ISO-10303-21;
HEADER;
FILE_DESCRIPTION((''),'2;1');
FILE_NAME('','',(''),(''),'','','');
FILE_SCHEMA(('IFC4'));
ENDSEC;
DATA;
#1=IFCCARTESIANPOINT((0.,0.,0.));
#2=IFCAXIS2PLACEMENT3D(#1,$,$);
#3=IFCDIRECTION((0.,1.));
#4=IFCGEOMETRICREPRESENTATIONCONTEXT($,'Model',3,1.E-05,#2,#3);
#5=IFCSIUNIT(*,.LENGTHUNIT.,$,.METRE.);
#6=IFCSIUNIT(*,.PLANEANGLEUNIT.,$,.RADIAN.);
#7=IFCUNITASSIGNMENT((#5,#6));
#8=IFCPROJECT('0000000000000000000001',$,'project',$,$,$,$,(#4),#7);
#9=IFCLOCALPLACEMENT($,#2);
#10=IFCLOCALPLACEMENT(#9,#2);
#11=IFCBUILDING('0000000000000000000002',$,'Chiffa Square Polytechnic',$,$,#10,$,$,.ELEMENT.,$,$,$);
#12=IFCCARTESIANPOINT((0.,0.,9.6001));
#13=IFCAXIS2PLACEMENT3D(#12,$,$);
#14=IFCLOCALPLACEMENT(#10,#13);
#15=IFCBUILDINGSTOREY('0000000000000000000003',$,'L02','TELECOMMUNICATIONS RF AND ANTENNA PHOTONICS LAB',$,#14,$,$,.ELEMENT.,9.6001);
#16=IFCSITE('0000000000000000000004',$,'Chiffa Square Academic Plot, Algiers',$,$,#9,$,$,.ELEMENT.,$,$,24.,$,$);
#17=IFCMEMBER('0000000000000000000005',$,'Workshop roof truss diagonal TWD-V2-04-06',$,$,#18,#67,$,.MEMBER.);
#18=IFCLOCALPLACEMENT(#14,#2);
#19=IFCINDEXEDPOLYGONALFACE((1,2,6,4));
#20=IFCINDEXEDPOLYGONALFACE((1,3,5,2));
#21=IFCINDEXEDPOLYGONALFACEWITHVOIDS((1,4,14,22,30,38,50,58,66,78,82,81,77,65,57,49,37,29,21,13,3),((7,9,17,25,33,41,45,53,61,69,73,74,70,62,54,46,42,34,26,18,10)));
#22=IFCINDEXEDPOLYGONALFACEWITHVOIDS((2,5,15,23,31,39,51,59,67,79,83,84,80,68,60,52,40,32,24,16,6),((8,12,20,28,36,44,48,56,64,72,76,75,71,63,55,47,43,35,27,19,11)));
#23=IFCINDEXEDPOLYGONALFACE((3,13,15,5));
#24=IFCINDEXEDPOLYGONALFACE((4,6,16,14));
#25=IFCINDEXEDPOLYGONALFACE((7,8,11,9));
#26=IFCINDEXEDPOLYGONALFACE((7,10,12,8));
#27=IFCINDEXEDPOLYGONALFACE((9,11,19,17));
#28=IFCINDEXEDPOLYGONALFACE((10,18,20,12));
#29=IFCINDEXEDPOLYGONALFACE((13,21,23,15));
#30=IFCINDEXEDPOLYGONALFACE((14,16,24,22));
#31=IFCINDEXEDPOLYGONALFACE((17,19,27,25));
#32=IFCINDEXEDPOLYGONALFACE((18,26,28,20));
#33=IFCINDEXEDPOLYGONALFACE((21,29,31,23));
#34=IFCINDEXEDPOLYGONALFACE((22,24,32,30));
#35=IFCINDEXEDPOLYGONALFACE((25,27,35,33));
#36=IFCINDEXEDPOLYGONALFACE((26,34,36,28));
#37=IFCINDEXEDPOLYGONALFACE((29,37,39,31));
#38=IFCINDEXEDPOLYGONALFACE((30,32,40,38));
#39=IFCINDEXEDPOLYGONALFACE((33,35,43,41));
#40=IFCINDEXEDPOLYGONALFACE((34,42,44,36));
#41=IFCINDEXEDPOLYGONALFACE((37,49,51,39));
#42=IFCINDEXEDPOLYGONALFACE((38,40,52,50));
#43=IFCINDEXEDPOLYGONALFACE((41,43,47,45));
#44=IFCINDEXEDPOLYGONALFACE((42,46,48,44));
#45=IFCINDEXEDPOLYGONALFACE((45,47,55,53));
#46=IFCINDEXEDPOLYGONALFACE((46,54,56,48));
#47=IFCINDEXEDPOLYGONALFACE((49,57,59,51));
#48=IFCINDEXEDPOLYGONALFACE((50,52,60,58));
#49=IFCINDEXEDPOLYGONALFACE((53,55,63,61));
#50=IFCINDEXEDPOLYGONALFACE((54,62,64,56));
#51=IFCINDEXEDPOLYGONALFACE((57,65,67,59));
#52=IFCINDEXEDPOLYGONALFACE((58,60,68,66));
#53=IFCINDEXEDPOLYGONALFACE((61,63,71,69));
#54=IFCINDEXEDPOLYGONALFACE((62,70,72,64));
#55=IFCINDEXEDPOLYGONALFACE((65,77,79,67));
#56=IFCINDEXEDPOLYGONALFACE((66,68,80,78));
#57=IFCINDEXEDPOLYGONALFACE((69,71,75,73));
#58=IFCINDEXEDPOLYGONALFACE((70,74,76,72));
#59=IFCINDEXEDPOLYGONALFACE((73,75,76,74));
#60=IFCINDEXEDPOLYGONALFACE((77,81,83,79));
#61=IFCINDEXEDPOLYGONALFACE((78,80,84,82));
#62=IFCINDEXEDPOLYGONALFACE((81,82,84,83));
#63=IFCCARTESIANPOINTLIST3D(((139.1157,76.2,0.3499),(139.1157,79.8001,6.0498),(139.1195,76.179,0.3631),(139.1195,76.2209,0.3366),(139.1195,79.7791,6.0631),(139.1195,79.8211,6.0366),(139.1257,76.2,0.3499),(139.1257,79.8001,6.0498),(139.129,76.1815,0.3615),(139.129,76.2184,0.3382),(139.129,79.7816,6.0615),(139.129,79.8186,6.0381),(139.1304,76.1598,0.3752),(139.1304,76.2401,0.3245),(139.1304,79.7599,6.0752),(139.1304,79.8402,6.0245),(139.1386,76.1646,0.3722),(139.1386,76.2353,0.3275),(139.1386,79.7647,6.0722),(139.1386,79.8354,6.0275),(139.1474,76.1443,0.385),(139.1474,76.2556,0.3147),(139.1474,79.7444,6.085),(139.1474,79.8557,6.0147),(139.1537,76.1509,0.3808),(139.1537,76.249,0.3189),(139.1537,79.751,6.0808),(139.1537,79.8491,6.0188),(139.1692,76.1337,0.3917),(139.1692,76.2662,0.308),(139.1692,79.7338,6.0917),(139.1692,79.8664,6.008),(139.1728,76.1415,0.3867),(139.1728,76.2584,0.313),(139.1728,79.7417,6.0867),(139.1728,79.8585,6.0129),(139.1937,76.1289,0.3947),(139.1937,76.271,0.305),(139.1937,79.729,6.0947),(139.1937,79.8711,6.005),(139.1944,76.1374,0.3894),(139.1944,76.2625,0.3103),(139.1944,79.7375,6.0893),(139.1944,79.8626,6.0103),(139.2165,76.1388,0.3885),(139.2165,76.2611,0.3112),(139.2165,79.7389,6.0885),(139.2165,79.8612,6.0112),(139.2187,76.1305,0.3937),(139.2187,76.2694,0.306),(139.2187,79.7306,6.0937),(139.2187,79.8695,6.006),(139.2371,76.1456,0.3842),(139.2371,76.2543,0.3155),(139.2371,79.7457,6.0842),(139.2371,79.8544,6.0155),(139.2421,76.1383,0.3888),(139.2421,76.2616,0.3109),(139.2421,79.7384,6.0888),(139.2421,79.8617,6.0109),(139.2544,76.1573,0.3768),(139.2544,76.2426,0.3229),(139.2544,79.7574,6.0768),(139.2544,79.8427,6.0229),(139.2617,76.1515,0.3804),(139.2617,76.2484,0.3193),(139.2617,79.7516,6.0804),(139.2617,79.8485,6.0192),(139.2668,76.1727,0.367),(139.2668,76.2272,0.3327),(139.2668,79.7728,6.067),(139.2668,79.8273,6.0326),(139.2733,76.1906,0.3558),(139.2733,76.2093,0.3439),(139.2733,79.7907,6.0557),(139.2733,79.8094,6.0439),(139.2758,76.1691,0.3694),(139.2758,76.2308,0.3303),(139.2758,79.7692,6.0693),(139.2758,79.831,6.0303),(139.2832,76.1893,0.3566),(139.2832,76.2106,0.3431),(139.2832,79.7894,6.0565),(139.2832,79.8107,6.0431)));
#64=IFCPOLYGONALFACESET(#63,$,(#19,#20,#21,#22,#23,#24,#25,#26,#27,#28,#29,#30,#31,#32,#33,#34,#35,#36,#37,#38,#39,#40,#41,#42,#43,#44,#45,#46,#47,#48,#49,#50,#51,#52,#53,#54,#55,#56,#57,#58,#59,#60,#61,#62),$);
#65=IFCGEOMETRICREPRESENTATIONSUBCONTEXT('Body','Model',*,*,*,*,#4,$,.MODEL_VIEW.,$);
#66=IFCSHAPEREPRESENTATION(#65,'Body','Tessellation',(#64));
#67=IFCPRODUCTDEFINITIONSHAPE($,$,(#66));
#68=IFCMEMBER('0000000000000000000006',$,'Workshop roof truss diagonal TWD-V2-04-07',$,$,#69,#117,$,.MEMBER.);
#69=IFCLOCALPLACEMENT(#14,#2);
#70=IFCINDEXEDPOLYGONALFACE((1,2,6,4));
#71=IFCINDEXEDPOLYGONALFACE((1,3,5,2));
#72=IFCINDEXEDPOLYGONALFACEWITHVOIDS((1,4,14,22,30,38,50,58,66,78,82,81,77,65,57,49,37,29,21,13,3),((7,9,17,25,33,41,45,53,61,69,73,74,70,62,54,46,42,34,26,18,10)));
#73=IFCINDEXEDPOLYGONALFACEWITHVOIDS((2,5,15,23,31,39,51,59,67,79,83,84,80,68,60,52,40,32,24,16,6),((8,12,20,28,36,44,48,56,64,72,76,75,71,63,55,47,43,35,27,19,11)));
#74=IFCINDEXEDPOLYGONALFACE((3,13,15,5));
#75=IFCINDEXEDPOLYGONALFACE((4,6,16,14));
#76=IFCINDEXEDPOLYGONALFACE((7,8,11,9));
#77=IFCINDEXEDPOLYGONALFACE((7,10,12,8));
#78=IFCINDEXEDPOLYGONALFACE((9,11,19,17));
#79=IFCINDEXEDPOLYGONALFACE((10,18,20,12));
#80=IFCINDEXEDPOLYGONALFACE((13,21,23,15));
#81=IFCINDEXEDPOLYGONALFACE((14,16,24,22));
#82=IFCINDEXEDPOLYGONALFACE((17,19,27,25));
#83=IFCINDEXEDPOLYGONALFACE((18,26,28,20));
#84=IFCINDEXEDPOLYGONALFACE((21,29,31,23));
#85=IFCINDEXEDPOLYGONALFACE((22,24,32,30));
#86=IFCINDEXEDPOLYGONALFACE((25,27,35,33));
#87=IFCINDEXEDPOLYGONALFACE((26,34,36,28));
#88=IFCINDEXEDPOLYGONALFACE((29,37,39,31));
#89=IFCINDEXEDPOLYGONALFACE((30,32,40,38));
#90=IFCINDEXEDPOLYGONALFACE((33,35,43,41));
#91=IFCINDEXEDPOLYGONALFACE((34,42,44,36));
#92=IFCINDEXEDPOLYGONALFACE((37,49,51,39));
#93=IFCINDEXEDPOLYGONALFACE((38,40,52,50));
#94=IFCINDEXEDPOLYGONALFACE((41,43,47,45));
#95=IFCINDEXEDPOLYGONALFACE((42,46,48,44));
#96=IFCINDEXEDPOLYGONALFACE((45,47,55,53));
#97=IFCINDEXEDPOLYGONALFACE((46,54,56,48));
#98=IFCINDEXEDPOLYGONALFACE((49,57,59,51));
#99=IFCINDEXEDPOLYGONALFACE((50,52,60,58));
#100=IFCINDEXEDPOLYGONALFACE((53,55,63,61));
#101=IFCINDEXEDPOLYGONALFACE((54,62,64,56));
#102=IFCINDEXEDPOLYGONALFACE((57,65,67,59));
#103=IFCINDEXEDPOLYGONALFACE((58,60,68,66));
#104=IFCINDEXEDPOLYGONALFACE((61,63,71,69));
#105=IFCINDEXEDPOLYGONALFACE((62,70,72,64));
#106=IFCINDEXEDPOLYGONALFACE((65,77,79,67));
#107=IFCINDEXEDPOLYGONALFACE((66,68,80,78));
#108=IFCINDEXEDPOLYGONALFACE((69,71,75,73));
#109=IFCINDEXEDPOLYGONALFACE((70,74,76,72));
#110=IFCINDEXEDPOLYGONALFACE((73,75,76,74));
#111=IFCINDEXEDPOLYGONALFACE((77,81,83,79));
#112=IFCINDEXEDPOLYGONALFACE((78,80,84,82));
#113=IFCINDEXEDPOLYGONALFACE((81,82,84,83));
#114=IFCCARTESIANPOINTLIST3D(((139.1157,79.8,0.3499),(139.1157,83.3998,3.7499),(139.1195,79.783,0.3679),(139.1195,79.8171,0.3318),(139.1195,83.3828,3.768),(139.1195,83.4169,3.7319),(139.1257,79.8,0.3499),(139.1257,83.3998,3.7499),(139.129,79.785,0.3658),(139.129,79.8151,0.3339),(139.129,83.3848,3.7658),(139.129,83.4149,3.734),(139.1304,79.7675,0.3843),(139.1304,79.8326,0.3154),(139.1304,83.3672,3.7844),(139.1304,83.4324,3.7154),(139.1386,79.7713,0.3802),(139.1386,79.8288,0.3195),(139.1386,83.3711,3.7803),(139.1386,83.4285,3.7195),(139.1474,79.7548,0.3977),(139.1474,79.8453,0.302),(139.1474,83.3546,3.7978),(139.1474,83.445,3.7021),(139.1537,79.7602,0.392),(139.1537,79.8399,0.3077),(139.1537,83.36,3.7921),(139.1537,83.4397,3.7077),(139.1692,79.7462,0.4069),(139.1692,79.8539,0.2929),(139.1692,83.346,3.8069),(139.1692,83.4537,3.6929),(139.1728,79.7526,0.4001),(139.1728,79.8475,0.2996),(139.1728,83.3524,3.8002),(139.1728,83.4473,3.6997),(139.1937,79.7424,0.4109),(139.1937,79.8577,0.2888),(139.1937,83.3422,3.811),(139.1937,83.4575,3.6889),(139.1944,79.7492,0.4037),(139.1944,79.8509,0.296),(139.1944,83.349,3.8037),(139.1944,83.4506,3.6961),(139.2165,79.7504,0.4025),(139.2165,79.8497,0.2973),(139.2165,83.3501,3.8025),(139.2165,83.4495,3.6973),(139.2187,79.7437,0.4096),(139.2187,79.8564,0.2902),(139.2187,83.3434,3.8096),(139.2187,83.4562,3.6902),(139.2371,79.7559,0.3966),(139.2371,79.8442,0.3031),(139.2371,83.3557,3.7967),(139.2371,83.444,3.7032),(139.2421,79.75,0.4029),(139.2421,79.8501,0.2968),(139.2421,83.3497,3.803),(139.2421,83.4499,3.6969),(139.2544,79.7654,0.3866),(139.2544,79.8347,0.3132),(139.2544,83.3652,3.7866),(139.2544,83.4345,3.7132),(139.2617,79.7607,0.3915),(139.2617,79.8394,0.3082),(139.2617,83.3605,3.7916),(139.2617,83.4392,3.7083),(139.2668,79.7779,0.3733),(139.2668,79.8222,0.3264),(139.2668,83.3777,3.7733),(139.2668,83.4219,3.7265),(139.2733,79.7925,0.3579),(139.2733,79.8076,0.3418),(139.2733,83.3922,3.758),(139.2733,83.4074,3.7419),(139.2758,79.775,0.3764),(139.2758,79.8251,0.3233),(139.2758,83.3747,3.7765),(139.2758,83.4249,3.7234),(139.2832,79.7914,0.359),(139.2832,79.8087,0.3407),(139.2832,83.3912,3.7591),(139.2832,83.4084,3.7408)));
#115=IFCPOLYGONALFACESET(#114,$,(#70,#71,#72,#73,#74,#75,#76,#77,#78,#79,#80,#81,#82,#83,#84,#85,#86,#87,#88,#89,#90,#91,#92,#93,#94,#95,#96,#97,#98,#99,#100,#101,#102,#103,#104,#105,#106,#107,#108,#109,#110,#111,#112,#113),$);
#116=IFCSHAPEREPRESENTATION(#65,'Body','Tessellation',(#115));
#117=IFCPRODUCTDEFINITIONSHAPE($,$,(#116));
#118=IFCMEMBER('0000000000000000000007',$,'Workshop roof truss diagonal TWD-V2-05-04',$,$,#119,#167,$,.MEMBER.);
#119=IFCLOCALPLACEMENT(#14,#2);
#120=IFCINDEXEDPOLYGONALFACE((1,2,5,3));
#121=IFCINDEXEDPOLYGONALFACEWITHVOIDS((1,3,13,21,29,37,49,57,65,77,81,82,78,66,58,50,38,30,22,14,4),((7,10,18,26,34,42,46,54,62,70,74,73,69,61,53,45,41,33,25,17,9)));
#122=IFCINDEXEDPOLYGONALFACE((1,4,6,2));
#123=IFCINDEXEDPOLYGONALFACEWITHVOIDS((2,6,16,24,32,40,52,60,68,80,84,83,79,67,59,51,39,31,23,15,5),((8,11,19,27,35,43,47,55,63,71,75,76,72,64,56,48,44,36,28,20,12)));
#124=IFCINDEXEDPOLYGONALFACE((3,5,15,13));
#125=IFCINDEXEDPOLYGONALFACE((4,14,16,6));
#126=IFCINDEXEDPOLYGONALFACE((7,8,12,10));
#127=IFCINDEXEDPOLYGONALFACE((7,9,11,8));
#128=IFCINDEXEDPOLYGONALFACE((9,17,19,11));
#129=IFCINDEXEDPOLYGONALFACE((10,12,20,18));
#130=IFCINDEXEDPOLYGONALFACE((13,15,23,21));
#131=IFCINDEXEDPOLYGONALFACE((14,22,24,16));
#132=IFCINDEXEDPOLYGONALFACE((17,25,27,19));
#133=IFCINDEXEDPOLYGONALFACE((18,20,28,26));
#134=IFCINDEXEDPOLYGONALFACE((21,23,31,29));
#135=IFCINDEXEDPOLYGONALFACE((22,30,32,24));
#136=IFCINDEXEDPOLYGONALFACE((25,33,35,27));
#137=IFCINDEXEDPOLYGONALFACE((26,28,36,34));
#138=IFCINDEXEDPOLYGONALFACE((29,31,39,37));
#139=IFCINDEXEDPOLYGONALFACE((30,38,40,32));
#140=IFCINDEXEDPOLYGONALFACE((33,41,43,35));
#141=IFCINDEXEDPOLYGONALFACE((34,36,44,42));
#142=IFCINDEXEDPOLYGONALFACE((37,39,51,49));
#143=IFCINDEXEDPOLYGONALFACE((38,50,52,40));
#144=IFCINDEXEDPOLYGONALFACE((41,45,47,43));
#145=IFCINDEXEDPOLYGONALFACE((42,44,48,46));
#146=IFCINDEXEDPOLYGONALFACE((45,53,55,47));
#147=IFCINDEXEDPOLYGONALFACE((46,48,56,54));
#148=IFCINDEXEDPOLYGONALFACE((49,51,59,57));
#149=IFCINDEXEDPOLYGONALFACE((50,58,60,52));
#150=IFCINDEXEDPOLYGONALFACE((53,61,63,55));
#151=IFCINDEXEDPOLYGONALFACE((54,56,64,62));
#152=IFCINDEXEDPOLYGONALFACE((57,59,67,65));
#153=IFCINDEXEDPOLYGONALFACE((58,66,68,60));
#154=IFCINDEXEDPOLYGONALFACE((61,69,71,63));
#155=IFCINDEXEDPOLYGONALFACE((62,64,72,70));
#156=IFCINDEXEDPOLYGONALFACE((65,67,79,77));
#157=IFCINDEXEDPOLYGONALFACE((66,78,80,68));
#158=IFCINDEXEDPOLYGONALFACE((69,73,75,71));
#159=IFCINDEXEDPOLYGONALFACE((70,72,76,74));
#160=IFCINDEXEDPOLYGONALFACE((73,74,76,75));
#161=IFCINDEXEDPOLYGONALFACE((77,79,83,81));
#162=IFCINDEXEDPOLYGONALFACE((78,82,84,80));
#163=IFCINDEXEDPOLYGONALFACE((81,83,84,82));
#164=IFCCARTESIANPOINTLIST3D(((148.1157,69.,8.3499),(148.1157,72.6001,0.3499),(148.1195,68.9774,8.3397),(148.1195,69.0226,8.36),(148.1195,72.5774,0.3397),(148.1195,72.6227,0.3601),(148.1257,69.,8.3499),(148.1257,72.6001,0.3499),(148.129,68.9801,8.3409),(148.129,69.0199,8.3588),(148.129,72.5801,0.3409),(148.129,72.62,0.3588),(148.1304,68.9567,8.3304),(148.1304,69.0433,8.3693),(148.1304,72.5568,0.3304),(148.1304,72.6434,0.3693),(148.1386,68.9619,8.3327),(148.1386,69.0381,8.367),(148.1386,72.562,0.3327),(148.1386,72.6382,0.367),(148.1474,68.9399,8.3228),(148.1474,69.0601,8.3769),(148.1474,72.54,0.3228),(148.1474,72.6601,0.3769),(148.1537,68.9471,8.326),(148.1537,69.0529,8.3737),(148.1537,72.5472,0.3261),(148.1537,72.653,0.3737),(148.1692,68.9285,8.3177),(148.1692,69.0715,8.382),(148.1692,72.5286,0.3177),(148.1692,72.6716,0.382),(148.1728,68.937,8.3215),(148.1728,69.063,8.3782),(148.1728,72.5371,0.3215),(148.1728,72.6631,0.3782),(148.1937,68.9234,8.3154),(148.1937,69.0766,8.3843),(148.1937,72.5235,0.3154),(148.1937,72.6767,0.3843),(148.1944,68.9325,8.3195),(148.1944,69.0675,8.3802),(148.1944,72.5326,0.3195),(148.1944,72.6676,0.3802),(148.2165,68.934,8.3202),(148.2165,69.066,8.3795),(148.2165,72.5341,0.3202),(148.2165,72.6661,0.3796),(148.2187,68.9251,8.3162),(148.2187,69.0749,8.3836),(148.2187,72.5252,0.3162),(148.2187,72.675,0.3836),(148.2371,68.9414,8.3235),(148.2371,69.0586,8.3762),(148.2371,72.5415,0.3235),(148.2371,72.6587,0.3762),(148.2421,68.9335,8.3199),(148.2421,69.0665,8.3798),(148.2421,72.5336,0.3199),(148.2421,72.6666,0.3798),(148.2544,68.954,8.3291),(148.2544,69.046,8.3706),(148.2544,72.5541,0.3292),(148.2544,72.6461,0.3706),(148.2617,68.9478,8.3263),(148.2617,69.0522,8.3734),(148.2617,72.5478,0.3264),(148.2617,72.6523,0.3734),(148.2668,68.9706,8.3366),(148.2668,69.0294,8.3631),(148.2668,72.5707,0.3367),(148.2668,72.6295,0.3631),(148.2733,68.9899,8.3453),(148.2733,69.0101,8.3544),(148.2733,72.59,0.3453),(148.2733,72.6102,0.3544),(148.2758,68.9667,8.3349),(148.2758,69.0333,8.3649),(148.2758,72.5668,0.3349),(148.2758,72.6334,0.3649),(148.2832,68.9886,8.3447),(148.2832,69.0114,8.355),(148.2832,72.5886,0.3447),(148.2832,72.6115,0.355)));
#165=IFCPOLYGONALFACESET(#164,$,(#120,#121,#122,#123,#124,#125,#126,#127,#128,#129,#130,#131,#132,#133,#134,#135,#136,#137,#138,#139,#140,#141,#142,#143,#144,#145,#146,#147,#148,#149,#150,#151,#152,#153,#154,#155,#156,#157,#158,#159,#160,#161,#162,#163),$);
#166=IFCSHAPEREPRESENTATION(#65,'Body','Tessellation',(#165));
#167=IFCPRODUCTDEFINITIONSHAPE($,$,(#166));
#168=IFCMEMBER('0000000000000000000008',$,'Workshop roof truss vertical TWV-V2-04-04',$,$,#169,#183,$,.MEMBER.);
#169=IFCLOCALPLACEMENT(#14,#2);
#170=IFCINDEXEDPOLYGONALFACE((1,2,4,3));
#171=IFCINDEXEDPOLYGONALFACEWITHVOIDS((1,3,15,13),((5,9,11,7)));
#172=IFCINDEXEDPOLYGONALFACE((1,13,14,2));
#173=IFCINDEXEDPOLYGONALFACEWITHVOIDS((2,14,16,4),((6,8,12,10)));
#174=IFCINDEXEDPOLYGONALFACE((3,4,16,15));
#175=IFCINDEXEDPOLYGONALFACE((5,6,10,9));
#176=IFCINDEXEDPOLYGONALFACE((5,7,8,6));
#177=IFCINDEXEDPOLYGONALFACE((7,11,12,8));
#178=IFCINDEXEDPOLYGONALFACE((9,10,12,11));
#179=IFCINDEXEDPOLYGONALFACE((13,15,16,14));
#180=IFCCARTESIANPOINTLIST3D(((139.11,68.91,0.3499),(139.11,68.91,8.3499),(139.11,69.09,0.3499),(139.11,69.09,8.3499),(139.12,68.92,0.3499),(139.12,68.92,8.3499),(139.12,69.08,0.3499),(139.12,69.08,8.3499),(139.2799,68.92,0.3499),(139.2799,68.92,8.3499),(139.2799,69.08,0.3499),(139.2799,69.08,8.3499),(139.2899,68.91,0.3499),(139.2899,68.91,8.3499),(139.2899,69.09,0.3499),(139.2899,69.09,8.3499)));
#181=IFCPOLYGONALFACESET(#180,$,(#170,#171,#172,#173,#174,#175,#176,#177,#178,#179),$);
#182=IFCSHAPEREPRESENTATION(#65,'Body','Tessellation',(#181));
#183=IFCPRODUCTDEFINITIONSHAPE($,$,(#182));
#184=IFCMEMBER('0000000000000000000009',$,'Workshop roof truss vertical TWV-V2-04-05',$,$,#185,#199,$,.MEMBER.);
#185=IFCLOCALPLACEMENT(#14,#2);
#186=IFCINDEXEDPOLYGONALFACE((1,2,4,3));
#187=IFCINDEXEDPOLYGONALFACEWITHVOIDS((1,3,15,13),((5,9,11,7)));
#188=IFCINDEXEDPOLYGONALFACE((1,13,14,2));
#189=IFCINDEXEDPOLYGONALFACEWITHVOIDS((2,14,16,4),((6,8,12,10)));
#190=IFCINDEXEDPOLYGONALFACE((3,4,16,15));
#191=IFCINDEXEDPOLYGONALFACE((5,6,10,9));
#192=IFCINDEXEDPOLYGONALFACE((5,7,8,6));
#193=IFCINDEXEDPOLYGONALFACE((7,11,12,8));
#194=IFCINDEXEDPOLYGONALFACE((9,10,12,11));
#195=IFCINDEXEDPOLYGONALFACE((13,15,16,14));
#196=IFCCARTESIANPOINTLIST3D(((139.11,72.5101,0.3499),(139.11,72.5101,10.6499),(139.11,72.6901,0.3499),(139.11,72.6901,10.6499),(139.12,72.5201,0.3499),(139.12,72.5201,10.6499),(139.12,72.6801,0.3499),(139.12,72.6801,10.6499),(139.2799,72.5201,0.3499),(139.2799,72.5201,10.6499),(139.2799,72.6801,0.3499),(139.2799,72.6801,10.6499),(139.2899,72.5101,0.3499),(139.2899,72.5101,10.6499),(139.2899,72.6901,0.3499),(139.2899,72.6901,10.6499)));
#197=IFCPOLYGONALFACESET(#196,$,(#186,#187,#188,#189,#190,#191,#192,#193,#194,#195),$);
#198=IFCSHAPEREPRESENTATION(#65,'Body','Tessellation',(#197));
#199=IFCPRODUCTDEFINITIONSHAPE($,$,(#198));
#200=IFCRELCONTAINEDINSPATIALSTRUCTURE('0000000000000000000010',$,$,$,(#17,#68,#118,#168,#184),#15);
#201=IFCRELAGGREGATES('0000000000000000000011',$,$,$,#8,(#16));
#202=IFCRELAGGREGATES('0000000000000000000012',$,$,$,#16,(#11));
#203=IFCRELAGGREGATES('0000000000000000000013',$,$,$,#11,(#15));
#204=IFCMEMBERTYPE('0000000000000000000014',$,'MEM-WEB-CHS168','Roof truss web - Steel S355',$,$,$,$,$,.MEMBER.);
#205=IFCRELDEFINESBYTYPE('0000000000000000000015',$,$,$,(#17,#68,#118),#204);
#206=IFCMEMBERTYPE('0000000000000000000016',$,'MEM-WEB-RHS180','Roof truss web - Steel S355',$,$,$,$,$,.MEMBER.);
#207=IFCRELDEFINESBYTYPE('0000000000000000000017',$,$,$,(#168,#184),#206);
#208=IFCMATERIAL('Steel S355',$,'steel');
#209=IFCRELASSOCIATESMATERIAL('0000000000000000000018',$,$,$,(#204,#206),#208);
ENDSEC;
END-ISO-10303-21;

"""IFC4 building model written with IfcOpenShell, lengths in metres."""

from ifc_helpers import new_model, si_unit, direction, frame, origin, origin_2d, place, context, subcontext, project, spatial, hollow_rectangle, hollow_circle, extrude, material, material_profile, profile_set, type_object, element, save


model = new_model("IFC4")

# Units and contexts
model_context = context("Model", 3, precision=1e-05, world=origin(), true_north=direction((0.0, 1.0)))
body_context = subcontext(model_context, "Body", "Model", "MODEL_VIEW")
ifc_project = project(units=[si_unit("LENGTHUNIT", "METRE"), si_unit("PLANEANGLEUNIT", "RADIAN")], contexts=[model_context])

# Site, building, storey
site_placement = place(None, origin())
site = spatial("IfcSite", under=ifc_project, at=site_placement, Name="Chiffa Square Academic Plot, Algiers", CompositionType="ELEMENT", RefElevation=24.0)
building_placement = place(site_placement, origin())
building = spatial("IfcBuilding", under=site, at=building_placement, Name="Chiffa Square Polytechnic", CompositionType="ELEMENT")
storey_placement = place(building_placement, frame((0.0, 0.0, 9.6001)))
storey = spatial("IfcBuildingStorey", under=building, at=storey_placement, Name="L02", Description="TELECOMMUNICATIONS RF AND ANTENNA PHOTONICS LAB", CompositionType="ELEMENT", Elevation=9.6001)

# Members
ifc_material_1 = material(Name="Steel S355", Category="steel")
ifc_material_profile_1 = material_profile(ifc_material_1, hollow_circle(Radius=0.0842, WallThickness=0.01, at=origin_2d()), Name="CHS 168.3x10")
ifc_profile_set_1 = profile_set([ifc_material_profile_1], Name="Steel S355")
member_type_1 = type_object("IfcMemberType", Name="MEM-WEB-CHS168", Description="Roof truss web - Steel S355", PredefinedType="MEMBER", material=ifc_profile_set_1)
member_1_placement = place(storey_placement, frame((139.2, 76.2, 0.3499), z_axis=(0.0, 0.534007, 0.84548), x_axis=(-1.0, 0.0, 0.0)))
element("IfcMember", 1, at=member_1_placement, inside=storey, type_object=member_type_1, Name="Workshop roof truss diagonal TWD-V2-04-06", PredefinedType="MEMBER", context=body_context, shape_type="SweptSolid", body=[
    extrude(hollow_circle(Radius=0.0842, WallThickness=0.01, at=origin_2d()), origin(), (0.0, 0.0, 1.0), 6.7417),
])
member_2_placement = place(storey_placement, frame((139.2, 79.8, 0.3499), z_axis=(0.0, 0.726984, 0.686654), x_axis=(-1.0, 0.0, 0.0)))
element("IfcMember", 2, at=member_2_placement, inside=storey, type_object=member_type_1, Name="Workshop roof truss diagonal TWD-V2-04-07", PredefinedType="MEMBER", context=body_context, shape_type="SweptSolid", body=[
    extrude(hollow_circle(Radius=0.0842, WallThickness=0.01, at=origin_2d()), origin(), (0.0, 0.0, 1.0), 4.9517),
])
member_3_placement = place(storey_placement, frame((148.2, 69.0, 8.3499), z_axis=(0.0, 0.410374, -0.911917), x_axis=(-1.0, 0.0, 0.0)))
element("IfcMember", 3, at=member_3_placement, inside=storey, type_object=member_type_1, Name="Workshop roof truss diagonal TWD-V2-05-04", PredefinedType="MEMBER", context=body_context, shape_type="SweptSolid", body=[
    extrude(hollow_circle(Radius=0.0842, WallThickness=0.01, at=origin_2d()), origin(), (0.0, 0.0, 1.0), 8.7727),
])
ifc_material_profile_2 = material_profile(ifc_material_1, hollow_rectangle(XDim=0.1799, YDim=0.1799, WallThickness=0.01, at=origin_2d()), Name="RHS 180x180x10")
ifc_profile_set_2 = profile_set([ifc_material_profile_2], Name="Steel S355")
member_type_2 = type_object("IfcMemberType", Name="MEM-WEB-RHS180", Description="Roof truss web - Steel S355", PredefinedType="MEMBER", material=ifc_profile_set_2)
member_4_placement = place(storey_placement, frame((139.2, 69.0, 0.3499), z_axis=(0.0, 0.0, 1.0), x_axis=(1.0, 0.0, 0.0)))
element("IfcMember", 4, at=member_4_placement, inside=storey, type_object=member_type_2, Name="Workshop roof truss vertical TWV-V2-04-04", PredefinedType="MEMBER", context=body_context, shape_type="SweptSolid", body=[
    extrude(hollow_rectangle(XDim=0.1799, YDim=0.1799, WallThickness=0.01, at=origin_2d()), origin(), (0.0, 0.0, 1.0), 8.0),
])
member_5_placement = place(storey_placement, frame((139.2, 72.6001, 0.3499), z_axis=(0.0, 0.0, 1.0), x_axis=(1.0, 0.0, 0.0)))
element("IfcMember", 5, at=member_5_placement, inside=storey, type_object=member_type_2, Name="Workshop roof truss vertical TWV-V2-04-05", PredefinedType="MEMBER", context=body_context, shape_type="SweptSolid", body=[
    extrude(hollow_rectangle(XDim=0.1799, YDim=0.1799, WallThickness=0.01, at=origin_2d()), origin(), (0.0, 0.0, 1.0), 10.3),
])

save(model, "model.ifc")
